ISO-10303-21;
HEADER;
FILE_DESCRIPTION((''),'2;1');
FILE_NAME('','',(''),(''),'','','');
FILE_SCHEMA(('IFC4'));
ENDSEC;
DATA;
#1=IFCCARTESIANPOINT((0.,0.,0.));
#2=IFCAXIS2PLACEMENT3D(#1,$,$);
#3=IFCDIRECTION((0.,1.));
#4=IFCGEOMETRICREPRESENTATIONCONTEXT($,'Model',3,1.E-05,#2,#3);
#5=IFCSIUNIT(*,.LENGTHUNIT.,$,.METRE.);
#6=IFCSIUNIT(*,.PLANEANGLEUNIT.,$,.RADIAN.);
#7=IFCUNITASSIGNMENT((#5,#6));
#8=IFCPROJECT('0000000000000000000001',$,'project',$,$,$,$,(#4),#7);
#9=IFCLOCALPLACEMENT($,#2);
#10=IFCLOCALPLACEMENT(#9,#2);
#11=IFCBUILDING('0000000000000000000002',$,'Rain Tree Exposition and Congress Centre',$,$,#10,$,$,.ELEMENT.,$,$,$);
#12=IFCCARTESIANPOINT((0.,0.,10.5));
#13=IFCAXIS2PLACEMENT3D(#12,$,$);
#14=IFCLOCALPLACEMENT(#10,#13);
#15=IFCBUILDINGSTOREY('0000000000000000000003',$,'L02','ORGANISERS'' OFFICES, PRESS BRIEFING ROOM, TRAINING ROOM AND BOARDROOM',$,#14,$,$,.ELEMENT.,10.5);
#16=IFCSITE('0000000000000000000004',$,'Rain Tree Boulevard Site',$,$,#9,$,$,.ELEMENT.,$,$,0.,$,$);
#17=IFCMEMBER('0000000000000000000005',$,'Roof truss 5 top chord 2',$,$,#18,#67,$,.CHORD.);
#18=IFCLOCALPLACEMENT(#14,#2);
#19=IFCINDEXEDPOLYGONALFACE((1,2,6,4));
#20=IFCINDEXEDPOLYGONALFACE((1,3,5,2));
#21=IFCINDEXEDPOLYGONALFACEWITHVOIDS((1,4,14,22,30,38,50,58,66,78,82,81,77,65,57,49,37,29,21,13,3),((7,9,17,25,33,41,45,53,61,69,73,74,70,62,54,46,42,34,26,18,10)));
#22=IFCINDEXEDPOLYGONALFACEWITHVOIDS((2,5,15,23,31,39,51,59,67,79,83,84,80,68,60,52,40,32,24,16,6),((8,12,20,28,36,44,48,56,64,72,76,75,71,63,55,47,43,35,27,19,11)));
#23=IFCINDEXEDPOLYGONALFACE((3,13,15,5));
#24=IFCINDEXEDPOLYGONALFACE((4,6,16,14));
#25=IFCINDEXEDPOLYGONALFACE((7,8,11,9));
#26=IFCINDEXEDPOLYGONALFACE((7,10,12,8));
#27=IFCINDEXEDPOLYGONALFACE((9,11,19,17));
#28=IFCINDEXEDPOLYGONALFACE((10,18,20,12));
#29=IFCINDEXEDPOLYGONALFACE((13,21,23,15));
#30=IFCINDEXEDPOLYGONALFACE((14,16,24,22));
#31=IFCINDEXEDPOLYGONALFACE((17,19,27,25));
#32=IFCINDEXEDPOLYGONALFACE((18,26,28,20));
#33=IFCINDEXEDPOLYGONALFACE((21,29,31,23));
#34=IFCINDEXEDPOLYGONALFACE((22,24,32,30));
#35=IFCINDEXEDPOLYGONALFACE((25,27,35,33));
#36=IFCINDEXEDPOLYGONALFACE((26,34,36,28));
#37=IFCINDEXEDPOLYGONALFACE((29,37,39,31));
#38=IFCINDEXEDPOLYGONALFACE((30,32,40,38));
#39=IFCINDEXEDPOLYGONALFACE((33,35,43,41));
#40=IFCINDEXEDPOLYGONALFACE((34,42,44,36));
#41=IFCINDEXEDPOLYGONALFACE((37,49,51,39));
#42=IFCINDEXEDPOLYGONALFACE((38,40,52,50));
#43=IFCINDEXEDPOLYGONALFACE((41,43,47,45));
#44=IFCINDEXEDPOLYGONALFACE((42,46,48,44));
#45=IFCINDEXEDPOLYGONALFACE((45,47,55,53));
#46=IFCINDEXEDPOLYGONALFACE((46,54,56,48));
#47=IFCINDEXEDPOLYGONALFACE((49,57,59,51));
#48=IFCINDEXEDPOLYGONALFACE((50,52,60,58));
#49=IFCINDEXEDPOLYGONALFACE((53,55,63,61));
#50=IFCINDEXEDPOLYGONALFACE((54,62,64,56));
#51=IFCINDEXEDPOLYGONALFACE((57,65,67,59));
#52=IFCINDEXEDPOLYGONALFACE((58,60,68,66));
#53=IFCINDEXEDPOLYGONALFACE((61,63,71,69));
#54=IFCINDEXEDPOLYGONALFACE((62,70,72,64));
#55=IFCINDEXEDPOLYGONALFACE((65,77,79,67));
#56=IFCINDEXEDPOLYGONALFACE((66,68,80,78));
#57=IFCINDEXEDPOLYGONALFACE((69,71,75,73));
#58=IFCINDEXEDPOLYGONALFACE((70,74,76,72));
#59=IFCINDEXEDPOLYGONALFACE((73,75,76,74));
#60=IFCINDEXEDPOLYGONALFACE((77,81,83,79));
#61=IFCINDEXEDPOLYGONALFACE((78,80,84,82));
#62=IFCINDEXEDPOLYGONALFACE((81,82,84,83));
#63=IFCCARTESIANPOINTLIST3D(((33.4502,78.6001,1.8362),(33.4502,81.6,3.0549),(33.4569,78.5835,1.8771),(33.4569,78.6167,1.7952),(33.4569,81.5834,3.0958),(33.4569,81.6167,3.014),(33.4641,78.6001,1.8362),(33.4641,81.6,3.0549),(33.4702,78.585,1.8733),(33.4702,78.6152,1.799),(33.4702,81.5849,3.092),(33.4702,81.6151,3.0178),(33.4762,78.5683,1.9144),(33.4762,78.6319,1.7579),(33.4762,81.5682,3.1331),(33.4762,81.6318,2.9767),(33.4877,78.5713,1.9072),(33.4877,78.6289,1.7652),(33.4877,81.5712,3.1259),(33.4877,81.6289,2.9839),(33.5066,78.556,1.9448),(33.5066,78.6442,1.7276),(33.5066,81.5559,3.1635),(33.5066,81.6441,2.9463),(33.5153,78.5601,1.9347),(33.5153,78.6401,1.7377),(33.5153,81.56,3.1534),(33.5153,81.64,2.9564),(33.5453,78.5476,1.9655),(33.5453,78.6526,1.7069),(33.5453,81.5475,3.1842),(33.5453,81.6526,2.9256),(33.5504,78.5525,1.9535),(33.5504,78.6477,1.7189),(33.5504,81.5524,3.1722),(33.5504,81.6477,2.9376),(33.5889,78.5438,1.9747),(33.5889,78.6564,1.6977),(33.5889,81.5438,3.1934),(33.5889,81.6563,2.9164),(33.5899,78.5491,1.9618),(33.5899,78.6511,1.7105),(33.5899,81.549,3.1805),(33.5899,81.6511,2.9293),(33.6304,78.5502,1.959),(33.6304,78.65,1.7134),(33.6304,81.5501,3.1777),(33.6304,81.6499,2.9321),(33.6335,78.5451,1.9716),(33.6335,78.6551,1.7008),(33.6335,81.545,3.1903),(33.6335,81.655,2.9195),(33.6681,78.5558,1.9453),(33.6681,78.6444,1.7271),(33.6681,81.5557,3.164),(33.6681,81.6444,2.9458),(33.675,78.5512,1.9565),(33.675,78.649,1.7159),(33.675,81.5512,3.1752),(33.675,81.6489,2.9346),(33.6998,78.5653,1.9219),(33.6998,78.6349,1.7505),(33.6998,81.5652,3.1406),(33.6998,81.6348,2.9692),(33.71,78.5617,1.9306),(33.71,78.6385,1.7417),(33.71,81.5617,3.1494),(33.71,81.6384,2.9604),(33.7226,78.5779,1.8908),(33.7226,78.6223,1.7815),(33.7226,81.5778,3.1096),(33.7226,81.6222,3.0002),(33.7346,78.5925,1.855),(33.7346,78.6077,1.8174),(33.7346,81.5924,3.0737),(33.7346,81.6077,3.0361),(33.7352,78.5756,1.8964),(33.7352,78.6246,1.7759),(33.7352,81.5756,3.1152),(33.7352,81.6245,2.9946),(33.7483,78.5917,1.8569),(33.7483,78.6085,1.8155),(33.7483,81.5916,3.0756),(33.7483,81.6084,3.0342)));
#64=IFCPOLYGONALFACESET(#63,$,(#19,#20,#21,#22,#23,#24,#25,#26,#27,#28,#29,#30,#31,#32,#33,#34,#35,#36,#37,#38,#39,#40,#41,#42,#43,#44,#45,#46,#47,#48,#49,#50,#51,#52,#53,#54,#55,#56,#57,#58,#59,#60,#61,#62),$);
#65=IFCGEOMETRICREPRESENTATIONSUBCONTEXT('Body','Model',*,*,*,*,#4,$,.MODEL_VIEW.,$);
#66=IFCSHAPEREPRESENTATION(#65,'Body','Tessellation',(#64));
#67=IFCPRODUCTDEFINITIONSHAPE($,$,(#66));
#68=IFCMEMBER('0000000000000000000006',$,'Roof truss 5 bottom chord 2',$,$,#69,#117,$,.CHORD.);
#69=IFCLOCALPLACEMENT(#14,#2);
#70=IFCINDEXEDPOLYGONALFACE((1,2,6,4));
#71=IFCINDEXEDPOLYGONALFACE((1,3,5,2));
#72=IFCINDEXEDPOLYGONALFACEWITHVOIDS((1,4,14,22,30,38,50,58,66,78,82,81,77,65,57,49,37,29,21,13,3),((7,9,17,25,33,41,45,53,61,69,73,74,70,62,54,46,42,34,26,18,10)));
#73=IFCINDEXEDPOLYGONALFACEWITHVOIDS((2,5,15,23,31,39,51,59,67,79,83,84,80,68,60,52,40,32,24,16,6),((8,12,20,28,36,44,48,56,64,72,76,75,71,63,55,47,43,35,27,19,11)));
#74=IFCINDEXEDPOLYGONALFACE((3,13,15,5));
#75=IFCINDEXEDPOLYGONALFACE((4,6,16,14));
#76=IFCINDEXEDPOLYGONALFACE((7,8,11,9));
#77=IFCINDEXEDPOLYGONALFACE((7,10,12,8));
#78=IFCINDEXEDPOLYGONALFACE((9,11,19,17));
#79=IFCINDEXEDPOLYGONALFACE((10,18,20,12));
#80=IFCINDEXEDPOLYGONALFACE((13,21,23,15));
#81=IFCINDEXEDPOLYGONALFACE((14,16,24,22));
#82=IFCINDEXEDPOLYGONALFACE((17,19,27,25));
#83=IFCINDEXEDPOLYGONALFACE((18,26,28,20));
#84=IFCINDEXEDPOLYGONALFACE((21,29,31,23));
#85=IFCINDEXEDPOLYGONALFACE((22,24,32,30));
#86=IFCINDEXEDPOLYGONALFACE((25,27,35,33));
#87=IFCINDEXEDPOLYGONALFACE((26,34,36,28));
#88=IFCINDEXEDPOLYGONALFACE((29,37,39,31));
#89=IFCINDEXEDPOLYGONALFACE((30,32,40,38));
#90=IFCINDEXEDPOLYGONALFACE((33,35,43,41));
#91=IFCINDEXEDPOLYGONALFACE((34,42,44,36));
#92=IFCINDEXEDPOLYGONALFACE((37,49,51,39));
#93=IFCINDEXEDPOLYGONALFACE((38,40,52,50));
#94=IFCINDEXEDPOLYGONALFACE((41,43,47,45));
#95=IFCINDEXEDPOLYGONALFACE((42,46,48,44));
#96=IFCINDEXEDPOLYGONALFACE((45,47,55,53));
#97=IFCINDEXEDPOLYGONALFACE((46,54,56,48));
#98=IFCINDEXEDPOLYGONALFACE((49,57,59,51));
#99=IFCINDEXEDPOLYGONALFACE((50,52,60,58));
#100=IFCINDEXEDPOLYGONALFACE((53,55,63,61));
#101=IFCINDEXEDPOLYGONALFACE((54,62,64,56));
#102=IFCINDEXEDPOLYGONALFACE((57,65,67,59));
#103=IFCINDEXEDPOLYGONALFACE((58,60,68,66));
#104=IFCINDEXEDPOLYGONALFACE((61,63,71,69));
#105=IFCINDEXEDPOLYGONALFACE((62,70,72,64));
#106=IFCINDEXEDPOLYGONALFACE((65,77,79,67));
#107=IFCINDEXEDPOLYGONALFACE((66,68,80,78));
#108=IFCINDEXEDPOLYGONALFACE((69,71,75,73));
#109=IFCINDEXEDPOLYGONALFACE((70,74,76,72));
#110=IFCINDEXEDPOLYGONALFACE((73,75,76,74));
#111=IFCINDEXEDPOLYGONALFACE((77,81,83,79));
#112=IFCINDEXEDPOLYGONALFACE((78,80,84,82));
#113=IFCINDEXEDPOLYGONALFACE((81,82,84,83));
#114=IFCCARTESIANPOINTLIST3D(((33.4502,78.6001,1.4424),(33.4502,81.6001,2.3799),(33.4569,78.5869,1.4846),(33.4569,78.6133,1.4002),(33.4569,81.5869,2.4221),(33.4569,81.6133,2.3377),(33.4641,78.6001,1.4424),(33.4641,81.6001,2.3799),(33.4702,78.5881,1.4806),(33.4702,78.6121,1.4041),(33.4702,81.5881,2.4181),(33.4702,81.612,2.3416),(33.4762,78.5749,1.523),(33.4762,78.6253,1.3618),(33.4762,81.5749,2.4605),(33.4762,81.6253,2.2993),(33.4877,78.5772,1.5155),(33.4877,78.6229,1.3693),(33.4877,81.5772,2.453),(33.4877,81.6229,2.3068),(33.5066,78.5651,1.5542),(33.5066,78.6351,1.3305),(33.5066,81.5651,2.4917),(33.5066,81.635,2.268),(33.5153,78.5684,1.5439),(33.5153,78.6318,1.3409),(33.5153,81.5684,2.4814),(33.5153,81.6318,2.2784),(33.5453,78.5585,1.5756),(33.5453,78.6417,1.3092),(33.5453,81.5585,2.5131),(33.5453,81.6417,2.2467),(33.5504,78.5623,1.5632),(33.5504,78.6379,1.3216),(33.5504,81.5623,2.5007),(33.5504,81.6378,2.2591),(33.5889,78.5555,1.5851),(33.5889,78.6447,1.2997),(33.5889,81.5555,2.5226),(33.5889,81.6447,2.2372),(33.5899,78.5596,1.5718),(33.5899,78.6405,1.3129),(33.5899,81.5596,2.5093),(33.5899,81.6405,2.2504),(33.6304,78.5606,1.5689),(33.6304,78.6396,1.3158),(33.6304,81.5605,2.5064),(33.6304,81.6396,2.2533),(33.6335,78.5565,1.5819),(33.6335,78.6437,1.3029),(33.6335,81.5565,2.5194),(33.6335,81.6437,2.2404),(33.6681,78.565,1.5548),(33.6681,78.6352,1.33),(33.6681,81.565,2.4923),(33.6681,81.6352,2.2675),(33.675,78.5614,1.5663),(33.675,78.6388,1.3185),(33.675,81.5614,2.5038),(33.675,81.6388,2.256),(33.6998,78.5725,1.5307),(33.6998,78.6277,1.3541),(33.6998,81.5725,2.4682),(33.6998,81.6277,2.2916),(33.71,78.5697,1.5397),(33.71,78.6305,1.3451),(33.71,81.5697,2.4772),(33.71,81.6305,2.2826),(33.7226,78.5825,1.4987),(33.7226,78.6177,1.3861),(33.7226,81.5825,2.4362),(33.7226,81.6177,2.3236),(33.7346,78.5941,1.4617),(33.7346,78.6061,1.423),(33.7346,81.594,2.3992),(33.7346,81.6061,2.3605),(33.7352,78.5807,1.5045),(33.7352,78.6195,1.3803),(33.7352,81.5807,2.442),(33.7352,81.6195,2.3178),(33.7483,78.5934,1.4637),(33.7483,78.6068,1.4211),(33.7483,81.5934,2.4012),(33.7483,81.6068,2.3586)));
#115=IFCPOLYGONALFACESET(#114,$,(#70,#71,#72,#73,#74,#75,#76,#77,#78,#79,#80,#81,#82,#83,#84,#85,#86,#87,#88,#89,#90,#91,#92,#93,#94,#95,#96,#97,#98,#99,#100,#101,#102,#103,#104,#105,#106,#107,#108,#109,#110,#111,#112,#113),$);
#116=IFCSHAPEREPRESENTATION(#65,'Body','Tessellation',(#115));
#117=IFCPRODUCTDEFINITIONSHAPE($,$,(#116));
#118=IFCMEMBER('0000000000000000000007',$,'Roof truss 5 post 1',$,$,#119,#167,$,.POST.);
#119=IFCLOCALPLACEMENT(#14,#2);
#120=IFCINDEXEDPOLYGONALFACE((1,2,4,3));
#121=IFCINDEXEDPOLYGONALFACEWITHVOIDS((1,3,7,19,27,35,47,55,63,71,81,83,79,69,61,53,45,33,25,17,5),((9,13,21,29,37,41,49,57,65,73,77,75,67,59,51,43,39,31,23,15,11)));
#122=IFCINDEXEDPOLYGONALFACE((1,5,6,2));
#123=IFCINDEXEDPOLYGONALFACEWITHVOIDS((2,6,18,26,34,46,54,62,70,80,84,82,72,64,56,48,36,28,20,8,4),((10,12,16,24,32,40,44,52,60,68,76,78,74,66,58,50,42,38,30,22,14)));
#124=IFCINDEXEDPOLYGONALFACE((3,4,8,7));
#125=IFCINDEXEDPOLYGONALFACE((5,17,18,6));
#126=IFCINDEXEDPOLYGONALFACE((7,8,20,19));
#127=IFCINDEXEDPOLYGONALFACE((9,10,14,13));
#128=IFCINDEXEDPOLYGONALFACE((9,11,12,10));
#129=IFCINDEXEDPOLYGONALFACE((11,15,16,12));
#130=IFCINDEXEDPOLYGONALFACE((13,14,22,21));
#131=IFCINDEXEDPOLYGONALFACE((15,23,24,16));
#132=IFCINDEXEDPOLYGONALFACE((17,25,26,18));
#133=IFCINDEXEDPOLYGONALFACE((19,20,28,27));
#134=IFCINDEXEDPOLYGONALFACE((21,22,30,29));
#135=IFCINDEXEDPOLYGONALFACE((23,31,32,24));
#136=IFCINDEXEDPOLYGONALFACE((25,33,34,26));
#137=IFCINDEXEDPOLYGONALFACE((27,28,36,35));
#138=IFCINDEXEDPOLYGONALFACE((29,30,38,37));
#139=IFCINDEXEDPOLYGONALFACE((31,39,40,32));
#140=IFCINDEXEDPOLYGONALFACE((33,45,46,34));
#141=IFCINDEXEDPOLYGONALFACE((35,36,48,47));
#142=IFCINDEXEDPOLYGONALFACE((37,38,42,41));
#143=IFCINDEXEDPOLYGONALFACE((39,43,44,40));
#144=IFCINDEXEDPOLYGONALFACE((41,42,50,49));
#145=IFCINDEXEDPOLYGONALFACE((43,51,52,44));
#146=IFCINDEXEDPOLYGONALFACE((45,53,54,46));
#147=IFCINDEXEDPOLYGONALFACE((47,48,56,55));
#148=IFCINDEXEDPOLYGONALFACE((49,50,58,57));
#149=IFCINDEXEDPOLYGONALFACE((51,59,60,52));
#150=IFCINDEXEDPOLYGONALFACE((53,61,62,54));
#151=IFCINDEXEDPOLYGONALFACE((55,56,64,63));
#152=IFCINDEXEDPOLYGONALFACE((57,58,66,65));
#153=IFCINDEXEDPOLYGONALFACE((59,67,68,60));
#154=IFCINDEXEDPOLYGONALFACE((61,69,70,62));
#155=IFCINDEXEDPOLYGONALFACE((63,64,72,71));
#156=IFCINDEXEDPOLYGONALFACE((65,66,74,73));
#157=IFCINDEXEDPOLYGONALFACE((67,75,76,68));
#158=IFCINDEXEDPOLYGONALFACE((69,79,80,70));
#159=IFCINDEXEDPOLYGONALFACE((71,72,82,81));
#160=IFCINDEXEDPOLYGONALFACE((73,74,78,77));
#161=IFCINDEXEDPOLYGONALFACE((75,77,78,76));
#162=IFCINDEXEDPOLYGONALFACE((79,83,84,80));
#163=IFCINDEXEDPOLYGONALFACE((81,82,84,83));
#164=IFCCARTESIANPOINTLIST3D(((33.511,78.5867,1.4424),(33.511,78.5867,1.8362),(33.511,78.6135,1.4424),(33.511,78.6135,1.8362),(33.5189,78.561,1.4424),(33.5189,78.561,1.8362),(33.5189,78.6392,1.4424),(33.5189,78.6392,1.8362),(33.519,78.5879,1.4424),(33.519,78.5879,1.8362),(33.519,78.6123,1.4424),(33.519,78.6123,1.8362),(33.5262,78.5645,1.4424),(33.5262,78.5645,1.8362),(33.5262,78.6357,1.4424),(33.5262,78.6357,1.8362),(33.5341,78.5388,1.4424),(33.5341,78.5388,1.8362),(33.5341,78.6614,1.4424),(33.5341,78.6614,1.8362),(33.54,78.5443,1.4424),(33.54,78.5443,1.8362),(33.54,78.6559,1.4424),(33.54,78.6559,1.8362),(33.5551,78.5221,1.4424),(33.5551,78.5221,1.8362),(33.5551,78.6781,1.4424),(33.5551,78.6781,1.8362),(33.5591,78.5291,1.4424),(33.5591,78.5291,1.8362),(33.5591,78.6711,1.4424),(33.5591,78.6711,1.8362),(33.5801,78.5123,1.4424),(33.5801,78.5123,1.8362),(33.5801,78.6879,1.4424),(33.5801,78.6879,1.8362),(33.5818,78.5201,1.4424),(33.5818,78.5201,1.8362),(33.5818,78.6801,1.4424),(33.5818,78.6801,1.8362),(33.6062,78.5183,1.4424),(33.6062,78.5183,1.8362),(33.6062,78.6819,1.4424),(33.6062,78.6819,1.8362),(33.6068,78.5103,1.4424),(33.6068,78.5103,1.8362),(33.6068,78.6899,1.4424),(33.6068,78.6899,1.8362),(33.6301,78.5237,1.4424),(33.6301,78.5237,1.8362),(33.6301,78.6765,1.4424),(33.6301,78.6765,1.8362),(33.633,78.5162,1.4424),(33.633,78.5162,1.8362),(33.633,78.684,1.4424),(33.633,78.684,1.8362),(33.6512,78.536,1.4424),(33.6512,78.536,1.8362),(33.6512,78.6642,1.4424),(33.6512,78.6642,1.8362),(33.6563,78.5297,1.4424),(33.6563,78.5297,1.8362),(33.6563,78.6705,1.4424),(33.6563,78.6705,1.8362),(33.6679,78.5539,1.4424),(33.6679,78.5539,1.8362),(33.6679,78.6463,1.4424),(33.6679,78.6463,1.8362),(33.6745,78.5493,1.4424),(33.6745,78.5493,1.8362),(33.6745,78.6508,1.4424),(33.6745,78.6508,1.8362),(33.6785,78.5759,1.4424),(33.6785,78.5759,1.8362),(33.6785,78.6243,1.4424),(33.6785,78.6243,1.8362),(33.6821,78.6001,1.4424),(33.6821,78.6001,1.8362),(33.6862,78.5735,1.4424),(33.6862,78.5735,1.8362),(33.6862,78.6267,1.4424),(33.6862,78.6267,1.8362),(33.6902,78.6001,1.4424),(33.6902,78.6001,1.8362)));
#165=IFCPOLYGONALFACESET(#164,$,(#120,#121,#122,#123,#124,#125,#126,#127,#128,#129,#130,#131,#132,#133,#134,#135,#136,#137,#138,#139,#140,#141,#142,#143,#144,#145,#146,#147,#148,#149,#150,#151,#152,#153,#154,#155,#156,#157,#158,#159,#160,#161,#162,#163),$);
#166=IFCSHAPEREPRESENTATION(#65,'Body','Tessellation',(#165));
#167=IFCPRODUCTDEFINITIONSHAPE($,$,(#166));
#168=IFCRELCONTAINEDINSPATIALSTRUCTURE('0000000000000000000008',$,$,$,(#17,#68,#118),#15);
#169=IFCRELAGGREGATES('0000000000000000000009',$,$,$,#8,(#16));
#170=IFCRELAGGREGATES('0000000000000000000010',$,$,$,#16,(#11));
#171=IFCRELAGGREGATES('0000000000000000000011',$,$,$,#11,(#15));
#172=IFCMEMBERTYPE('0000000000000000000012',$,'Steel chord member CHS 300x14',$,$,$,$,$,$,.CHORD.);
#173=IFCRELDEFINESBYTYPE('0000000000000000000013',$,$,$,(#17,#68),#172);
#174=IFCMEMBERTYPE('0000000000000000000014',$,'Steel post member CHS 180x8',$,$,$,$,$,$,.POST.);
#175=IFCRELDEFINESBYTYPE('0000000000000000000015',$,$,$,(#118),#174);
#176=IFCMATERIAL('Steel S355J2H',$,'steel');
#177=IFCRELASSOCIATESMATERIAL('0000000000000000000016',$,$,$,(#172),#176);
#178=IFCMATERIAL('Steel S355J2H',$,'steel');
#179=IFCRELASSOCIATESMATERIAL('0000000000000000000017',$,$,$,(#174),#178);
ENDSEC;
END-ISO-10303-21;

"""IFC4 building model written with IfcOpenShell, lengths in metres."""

from ifc_helpers import new_model, si_unit, direction, frame, origin, origin_2d, place, context, subcontext, project, spatial, hollow_circle, extrude, material, material_profile, profile_set, type_object, element, save


model = new_model("IFC4")

# Units and contexts
model_context = context("Model", 3, precision=1e-05, world=origin(), true_north=direction((0.0, 1.0)))
body_context = subcontext(model_context, "Body", "Model", "MODEL_VIEW")
ifc_project = project(units=[si_unit("LENGTHUNIT", "METRE"), si_unit("PLANEANGLEUNIT", "RADIAN")], contexts=[model_context])

# Site, building, storey
site_placement = place(None, origin())
site = spatial("IfcSite", under=ifc_project, at=site_placement, Name="Rain Tree Boulevard Site", CompositionType="ELEMENT", RefElevation=0.0)
building_placement = place(site_placement, origin())
building = spatial("IfcBuilding", under=site, at=building_placement, Name="Rain Tree Exposition and Congress Centre", CompositionType="ELEMENT")
storey_placement = place(building_placement, frame((0.0, 0.0, 10.5)))
storey = spatial("IfcBuildingStorey", under=building, at=storey_placement, Name="L02", Description="ORGANISERS' OFFICES, PRESS BRIEFING ROOM, TRAINING ROOM AND BOARDROOM", CompositionType="ELEMENT", Elevation=10.5)

# Members
ifc_material_1 = material(Name="Steel S355J2H", Category="steel")
ifc_material_profile_1 = material_profile(ifc_material_1, hollow_circle(Radius=0.1499, WallThickness=0.0139, at=origin_2d()), Name="CHS 300x14")
ifc_profile_set_1 = profile_set([ifc_material_profile_1], Name="Steel S355J2H")
member_type_1 = type_object("IfcMemberType", Name="Steel chord member CHS 300x14", PredefinedType="CHORD", material=ifc_profile_set_1)
member_1_placement = place(storey_placement, frame((33.6001, 78.6001, 1.8362), z_axis=(0.0, 0.926467, 0.376377), x_axis=(-1.0, 0.0, 0.0)))
element("IfcMember", 1, at=member_1_placement, inside=storey, type_object=member_type_1, Name="Roof truss 5 top chord 2", PredefinedType="CHORD", context=body_context, shape_type="SweptSolid", body=[
    extrude(hollow_circle(Radius=0.1499, WallThickness=0.0139, at=origin_2d()), origin(), (0.0, 0.0, 1.0), 3.238),
])
member_2_placement = place(storey_placement, frame((33.6001, 78.6001, 1.4424), z_axis=(0.0, 0.95448, 0.298275), x_axis=(-1.0, 0.0, 0.0)))
element("IfcMember", 2, at=member_2_placement, inside=storey, type_object=member_type_1, Name="Roof truss 5 bottom chord 2", PredefinedType="CHORD", context=body_context, shape_type="SweptSolid", body=[
    extrude(hollow_circle(Radius=0.1499, WallThickness=0.0139, at=origin_2d()), origin(), (0.0, 0.0, 1.0), 3.1431),
])
ifc_material_2 = material(Name="Steel S355J2H", Category="steel")
ifc_material_profile_2 = material_profile(ifc_material_2, hollow_circle(Radius=0.0901, WallThickness=0.0081, at=origin_2d()), Name="CHS 180x8")
ifc_profile_set_2 = profile_set([ifc_material_profile_2], Name="Steel S355J2H")
member_type_2 = type_object("IfcMemberType", Name="Steel post member CHS 180x8", PredefinedType="POST", material=ifc_profile_set_2)
member_3_placement = place(storey_placement, frame((33.6001, 78.6001, 1.4424), z_axis=(0.0, 0.0, 1.0), x_axis=(1.0, 0.0, 0.0)))
element("IfcMember", 3, at=member_3_placement, inside=storey, type_object=member_type_2, Name="Roof truss 5 post 1", PredefinedType="POST", context=body_context, shape_type="SweptSolid", body=[
    extrude(hollow_circle(Radius=0.0901, WallThickness=0.0081, at=origin_2d()), origin(), (0.0, 0.0, 1.0), 0.3938),
])

save(model, "model.ifc")
